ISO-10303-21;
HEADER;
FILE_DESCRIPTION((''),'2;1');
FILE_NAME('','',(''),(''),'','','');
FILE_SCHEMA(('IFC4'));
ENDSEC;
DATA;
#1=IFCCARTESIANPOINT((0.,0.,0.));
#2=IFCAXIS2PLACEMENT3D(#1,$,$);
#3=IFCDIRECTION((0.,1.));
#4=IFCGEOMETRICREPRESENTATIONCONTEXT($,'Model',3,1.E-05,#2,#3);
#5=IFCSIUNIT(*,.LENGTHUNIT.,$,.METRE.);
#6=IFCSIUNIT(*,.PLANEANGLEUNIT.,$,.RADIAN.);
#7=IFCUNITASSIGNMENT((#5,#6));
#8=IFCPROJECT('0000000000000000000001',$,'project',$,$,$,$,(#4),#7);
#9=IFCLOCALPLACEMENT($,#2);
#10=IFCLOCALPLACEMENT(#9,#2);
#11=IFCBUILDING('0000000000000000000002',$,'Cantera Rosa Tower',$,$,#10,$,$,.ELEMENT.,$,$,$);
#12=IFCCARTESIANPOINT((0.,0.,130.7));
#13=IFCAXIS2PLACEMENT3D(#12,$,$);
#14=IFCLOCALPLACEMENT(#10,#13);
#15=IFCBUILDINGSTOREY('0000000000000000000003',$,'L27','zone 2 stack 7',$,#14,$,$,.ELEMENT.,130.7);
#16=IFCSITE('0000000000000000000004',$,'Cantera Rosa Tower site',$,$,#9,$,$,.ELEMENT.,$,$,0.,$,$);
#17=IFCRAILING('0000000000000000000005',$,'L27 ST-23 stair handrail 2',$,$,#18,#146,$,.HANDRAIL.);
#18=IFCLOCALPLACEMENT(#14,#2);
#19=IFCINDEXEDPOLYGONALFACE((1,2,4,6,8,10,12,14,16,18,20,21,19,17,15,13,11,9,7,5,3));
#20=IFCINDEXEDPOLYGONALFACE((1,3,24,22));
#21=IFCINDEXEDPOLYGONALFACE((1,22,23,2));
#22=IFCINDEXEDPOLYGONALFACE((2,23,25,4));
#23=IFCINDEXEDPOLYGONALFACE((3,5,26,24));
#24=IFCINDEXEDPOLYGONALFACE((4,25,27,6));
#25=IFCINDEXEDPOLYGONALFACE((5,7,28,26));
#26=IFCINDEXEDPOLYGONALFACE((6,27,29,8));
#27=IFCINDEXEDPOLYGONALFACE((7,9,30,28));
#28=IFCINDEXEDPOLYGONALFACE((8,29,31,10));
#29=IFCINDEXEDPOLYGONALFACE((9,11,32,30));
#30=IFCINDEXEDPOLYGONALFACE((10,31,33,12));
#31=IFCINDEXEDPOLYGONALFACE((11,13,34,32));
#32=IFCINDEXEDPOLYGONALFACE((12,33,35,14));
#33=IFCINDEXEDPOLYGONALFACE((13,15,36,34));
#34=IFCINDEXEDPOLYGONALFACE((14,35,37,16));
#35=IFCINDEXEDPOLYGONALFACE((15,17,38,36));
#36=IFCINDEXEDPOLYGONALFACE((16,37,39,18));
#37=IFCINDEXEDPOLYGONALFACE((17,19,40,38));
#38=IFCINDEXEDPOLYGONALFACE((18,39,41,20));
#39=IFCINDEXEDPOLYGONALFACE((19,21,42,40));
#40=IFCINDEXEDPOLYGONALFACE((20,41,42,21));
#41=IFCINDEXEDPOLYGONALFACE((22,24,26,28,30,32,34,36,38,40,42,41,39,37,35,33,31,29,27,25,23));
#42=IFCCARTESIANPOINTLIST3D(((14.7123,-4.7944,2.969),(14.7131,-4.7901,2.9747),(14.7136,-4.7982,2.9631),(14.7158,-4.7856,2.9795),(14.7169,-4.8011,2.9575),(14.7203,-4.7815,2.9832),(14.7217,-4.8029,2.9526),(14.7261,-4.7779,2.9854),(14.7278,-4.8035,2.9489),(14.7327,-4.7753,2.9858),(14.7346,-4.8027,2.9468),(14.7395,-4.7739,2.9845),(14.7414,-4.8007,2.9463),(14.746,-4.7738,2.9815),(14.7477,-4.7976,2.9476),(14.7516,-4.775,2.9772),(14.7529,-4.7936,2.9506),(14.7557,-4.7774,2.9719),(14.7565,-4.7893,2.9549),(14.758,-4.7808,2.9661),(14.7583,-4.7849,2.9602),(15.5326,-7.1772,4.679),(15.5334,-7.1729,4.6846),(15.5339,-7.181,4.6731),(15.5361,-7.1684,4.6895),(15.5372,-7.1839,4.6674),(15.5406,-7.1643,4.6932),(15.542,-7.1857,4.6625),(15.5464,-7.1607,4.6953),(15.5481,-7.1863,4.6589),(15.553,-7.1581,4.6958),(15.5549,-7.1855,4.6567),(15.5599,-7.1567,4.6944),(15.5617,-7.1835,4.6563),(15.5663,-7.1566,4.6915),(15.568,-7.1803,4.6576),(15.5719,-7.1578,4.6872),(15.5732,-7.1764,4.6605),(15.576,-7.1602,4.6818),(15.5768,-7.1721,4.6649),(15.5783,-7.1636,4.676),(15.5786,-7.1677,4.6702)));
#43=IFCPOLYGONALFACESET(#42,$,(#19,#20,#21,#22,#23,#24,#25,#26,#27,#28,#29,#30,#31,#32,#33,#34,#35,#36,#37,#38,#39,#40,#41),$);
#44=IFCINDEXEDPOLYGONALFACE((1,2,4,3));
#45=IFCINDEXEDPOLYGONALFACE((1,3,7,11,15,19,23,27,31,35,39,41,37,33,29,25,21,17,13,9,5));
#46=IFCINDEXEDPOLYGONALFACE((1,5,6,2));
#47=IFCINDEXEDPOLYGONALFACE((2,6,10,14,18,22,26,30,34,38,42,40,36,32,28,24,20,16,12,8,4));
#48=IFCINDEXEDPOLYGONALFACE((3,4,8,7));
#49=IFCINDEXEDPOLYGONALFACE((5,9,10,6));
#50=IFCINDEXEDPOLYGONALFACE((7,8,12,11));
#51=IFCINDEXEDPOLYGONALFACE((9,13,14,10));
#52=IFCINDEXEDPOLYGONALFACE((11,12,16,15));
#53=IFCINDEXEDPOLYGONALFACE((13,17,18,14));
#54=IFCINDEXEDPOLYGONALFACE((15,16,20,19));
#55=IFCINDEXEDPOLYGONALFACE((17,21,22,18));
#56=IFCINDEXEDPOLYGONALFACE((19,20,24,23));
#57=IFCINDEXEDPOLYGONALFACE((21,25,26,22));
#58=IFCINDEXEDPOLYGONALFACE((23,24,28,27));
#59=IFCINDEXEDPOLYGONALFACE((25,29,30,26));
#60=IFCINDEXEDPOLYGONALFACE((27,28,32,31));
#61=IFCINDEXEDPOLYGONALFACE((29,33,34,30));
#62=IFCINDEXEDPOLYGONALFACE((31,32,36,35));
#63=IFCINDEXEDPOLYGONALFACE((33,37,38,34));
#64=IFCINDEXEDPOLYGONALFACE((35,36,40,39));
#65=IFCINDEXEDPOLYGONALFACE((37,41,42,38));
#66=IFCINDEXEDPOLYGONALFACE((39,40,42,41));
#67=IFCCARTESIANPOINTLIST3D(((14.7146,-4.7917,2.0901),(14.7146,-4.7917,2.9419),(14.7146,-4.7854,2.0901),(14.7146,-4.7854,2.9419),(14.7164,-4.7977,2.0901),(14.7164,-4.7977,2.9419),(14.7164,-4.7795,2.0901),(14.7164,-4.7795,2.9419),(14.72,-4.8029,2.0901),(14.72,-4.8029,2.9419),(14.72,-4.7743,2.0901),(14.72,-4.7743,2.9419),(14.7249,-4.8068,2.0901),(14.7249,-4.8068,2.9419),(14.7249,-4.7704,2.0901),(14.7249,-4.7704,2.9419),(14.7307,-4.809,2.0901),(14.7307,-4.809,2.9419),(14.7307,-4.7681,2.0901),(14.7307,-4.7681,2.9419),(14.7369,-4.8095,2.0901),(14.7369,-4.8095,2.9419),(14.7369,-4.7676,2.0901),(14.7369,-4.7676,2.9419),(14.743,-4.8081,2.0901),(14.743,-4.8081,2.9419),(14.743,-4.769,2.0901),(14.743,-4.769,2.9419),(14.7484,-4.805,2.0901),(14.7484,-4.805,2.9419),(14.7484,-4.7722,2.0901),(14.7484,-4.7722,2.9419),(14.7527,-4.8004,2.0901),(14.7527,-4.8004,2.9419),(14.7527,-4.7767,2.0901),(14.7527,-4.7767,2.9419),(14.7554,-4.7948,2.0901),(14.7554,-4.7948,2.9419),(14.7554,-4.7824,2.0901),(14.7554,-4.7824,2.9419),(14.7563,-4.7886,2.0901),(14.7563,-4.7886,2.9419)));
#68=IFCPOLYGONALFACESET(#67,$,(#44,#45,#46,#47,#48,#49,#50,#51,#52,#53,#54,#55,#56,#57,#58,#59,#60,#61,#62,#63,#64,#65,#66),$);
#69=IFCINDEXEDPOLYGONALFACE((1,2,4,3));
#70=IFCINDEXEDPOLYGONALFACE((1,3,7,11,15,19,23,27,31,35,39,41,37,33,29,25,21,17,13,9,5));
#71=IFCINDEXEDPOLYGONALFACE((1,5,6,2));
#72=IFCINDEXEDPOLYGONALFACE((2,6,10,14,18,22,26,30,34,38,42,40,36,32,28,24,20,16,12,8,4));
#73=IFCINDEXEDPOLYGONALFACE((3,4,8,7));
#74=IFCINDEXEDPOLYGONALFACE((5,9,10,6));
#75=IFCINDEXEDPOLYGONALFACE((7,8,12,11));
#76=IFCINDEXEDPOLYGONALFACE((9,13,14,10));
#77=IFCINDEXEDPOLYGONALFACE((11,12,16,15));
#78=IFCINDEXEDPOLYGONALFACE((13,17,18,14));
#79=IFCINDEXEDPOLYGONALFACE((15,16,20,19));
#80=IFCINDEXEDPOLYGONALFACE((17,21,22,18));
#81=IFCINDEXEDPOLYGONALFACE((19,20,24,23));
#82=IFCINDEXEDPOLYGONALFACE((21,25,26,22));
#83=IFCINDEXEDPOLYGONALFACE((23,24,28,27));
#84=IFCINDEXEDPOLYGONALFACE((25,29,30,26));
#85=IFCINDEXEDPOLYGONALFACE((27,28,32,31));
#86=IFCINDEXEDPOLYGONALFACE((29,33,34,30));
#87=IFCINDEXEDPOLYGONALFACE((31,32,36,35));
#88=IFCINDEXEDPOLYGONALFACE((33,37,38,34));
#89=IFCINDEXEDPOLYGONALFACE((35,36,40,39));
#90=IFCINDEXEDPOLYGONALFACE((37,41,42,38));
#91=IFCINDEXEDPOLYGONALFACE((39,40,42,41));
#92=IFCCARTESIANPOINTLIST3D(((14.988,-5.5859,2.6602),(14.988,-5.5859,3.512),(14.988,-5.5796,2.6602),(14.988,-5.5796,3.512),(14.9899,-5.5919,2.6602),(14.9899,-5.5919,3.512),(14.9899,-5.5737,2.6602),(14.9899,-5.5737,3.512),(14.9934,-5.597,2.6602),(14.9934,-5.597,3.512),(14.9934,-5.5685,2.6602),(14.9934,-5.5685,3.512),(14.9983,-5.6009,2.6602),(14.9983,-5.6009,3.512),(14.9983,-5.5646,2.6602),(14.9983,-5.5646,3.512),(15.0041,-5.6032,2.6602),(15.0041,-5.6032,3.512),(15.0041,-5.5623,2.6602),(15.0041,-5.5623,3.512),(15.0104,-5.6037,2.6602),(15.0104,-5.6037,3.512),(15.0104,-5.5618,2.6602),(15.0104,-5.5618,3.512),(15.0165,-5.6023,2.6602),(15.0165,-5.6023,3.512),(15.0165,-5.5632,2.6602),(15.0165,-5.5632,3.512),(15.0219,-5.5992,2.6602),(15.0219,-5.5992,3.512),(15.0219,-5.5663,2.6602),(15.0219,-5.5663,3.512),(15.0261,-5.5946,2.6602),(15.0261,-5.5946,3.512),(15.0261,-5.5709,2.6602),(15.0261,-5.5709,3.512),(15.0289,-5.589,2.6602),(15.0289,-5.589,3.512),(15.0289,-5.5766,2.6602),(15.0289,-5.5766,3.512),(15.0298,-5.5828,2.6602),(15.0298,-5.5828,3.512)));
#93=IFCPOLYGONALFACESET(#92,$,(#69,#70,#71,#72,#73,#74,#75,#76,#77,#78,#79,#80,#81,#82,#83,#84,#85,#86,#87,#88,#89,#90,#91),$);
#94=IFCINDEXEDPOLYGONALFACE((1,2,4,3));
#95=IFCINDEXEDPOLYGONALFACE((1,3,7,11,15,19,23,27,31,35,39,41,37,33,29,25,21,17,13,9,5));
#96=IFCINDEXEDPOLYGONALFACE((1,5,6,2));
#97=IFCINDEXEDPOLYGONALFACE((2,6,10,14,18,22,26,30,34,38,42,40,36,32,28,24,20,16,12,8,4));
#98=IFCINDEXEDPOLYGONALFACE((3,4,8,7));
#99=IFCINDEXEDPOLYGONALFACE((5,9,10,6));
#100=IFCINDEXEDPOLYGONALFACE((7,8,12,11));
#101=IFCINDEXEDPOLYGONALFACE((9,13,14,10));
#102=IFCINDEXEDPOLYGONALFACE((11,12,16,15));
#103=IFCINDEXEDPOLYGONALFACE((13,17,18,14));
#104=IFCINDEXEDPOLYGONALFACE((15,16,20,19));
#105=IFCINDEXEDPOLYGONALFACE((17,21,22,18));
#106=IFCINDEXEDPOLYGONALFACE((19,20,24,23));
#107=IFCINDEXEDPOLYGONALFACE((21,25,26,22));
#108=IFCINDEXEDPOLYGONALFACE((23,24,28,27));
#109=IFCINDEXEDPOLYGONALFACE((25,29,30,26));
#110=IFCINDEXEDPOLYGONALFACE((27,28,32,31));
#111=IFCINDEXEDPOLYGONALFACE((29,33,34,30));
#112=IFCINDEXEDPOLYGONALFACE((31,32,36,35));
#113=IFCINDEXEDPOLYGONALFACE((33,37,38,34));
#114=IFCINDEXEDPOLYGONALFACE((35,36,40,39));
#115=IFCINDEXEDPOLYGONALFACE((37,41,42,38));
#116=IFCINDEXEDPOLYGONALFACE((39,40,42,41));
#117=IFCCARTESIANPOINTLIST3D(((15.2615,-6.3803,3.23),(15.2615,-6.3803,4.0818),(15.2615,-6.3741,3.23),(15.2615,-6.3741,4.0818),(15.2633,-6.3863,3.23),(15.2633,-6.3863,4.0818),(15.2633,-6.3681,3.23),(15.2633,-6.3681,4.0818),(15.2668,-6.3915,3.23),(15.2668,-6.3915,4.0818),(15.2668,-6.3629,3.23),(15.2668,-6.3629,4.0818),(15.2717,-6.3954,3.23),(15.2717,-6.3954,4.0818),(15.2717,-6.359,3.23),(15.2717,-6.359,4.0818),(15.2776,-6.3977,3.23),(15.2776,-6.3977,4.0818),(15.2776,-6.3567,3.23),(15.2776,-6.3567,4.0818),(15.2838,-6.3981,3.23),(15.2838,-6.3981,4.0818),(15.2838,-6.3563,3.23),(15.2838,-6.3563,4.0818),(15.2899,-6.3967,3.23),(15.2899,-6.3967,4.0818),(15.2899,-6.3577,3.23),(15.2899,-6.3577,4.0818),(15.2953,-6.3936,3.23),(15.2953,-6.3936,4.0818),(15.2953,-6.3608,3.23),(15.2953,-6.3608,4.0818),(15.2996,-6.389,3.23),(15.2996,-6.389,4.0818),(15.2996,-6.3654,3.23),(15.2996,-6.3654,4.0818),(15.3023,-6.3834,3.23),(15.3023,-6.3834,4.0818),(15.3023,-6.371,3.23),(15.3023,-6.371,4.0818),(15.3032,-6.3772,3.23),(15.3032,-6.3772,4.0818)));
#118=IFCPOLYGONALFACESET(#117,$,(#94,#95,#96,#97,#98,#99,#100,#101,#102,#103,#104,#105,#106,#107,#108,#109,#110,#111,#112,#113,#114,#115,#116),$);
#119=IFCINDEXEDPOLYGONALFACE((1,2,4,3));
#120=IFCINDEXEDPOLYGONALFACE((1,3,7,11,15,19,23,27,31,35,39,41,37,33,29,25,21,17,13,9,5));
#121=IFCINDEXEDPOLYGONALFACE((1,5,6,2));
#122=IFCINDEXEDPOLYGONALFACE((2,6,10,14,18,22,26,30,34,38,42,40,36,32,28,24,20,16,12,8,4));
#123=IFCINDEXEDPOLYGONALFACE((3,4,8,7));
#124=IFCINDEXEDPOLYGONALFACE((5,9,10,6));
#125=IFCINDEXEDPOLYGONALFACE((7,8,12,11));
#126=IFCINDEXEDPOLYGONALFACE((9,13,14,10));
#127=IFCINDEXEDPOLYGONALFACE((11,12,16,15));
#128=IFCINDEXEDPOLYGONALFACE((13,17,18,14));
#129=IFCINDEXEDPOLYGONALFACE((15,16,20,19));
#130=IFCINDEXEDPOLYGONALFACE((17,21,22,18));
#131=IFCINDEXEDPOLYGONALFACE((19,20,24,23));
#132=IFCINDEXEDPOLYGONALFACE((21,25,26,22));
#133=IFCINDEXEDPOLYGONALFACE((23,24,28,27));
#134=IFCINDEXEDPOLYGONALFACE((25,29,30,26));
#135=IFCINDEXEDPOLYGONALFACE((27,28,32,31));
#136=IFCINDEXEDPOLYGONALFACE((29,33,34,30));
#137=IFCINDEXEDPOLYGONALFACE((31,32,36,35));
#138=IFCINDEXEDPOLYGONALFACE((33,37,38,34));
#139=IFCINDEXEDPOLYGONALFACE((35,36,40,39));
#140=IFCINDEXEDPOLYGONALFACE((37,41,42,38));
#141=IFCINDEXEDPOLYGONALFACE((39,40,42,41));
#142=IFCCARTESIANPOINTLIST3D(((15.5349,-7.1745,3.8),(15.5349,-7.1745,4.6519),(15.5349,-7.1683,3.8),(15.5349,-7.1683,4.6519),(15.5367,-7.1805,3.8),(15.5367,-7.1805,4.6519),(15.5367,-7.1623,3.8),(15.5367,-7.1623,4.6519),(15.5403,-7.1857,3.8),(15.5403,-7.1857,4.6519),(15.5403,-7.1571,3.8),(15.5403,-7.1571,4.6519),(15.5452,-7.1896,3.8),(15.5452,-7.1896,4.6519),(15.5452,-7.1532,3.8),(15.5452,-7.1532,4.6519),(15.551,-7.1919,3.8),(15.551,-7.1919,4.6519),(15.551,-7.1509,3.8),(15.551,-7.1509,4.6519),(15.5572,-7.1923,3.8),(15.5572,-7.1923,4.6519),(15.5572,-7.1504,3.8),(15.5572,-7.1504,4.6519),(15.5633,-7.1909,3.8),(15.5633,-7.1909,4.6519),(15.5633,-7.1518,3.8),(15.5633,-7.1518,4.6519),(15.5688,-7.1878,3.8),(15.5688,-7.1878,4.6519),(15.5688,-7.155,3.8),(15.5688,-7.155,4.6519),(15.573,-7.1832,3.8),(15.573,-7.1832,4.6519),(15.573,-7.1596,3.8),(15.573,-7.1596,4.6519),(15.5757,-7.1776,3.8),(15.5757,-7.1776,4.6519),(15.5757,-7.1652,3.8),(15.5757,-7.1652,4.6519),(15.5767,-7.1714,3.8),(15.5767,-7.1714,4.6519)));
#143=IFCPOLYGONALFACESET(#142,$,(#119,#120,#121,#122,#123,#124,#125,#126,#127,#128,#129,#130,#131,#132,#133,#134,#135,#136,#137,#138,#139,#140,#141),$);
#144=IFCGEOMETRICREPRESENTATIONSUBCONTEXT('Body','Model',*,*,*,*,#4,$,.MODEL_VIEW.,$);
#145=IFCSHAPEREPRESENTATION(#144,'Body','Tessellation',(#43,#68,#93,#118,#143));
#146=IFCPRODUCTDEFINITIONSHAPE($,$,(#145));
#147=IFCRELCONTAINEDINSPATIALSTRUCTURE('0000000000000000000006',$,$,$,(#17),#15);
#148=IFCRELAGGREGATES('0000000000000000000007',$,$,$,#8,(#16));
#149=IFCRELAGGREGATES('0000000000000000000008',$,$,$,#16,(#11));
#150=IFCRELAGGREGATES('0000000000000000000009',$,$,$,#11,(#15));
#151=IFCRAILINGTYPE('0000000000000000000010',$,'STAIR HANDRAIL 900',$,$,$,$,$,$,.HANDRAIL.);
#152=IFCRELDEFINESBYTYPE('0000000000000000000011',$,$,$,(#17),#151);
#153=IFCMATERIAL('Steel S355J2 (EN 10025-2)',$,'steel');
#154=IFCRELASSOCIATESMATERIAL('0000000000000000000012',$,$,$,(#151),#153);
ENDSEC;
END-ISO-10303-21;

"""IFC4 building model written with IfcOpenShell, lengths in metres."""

from ifc_helpers import new_model, si_unit, direction, frame, origin, origin_2d, place, context, subcontext, project, spatial, circle, extrude, material, type_object, element, save


model = new_model("IFC4")

# Units and contexts
model_context = context("Model", 3, precision=1e-05, world=origin(), true_north=direction((0.0, 1.0)))
body_context = subcontext(model_context, "Body", "Model", "MODEL_VIEW")
ifc_project = project(units=[si_unit("LENGTHUNIT", "METRE"), si_unit("PLANEANGLEUNIT", "RADIAN")], contexts=[model_context])

# Site, building, storey
site_placement = place(None, origin())
site = spatial("IfcSite", under=ifc_project, at=site_placement, Name="Cantera Rosa Tower site", CompositionType="ELEMENT", RefElevation=0.0)
building_placement = place(site_placement, origin())
building = spatial("IfcBuilding", under=site, at=building_placement, Name="Cantera Rosa Tower", CompositionType="ELEMENT")
storey_placement = place(building_placement, frame((0.0, 0.0, 130.7)))
storey = spatial("IfcBuildingStorey", under=building, at=storey_placement, Name="L27", Description="zone 2 stack 7", CompositionType="ELEMENT", Elevation=130.7)

# Railing
ifc_material_1 = material(Name="Steel S355J2 (EN 10025-2)", Category="steel")
railing_type_1 = type_object("IfcRailingType", Name="STAIR HANDRAIL 900", PredefinedType="HANDRAIL", material=ifc_material_1)
railing_1_placement = place(storey_placement, frame((14.7354, -4.7886, 2.0901)))
element("IfcRailing", 1, at=railing_1_placement, inside=storey, type_object=railing_type_1, Name="L27 ST-23 stair handrail 2", PredefinedType="HANDRAIL", context=body_context, shape_type="SweptSolid", body=[
    extrude(circle(Radius=0.0239, at=origin_2d()), frame((0.0, 0.0, 0.876), z_axis=(0.269358, -0.782421, 0.561483), x_axis=(0.945538, 0.325513, 0.0)), (0.0, 0.0, 1.0), 3.0454),
    extrude(circle(Radius=0.021, at=origin_2d()), origin(), (0.0, 0.0, 1.0), 0.8518),
    extrude(circle(Radius=0.021, at=origin_2d()), frame((0.2734, -0.7942, 0.5701)), (0.0, 0.0, 1.0), 0.8518),
    extrude(circle(Radius=0.021, at=origin_2d()), frame((0.5469, -1.5886, 1.1399)), (0.0, 0.0, 1.0), 0.8518),
    extrude(circle(Radius=0.021, at=origin_2d()), frame((0.8203, -2.3828, 1.71)), (0.0, 0.0, 1.0), 0.8518),
])

save(model, "model.ifc")
